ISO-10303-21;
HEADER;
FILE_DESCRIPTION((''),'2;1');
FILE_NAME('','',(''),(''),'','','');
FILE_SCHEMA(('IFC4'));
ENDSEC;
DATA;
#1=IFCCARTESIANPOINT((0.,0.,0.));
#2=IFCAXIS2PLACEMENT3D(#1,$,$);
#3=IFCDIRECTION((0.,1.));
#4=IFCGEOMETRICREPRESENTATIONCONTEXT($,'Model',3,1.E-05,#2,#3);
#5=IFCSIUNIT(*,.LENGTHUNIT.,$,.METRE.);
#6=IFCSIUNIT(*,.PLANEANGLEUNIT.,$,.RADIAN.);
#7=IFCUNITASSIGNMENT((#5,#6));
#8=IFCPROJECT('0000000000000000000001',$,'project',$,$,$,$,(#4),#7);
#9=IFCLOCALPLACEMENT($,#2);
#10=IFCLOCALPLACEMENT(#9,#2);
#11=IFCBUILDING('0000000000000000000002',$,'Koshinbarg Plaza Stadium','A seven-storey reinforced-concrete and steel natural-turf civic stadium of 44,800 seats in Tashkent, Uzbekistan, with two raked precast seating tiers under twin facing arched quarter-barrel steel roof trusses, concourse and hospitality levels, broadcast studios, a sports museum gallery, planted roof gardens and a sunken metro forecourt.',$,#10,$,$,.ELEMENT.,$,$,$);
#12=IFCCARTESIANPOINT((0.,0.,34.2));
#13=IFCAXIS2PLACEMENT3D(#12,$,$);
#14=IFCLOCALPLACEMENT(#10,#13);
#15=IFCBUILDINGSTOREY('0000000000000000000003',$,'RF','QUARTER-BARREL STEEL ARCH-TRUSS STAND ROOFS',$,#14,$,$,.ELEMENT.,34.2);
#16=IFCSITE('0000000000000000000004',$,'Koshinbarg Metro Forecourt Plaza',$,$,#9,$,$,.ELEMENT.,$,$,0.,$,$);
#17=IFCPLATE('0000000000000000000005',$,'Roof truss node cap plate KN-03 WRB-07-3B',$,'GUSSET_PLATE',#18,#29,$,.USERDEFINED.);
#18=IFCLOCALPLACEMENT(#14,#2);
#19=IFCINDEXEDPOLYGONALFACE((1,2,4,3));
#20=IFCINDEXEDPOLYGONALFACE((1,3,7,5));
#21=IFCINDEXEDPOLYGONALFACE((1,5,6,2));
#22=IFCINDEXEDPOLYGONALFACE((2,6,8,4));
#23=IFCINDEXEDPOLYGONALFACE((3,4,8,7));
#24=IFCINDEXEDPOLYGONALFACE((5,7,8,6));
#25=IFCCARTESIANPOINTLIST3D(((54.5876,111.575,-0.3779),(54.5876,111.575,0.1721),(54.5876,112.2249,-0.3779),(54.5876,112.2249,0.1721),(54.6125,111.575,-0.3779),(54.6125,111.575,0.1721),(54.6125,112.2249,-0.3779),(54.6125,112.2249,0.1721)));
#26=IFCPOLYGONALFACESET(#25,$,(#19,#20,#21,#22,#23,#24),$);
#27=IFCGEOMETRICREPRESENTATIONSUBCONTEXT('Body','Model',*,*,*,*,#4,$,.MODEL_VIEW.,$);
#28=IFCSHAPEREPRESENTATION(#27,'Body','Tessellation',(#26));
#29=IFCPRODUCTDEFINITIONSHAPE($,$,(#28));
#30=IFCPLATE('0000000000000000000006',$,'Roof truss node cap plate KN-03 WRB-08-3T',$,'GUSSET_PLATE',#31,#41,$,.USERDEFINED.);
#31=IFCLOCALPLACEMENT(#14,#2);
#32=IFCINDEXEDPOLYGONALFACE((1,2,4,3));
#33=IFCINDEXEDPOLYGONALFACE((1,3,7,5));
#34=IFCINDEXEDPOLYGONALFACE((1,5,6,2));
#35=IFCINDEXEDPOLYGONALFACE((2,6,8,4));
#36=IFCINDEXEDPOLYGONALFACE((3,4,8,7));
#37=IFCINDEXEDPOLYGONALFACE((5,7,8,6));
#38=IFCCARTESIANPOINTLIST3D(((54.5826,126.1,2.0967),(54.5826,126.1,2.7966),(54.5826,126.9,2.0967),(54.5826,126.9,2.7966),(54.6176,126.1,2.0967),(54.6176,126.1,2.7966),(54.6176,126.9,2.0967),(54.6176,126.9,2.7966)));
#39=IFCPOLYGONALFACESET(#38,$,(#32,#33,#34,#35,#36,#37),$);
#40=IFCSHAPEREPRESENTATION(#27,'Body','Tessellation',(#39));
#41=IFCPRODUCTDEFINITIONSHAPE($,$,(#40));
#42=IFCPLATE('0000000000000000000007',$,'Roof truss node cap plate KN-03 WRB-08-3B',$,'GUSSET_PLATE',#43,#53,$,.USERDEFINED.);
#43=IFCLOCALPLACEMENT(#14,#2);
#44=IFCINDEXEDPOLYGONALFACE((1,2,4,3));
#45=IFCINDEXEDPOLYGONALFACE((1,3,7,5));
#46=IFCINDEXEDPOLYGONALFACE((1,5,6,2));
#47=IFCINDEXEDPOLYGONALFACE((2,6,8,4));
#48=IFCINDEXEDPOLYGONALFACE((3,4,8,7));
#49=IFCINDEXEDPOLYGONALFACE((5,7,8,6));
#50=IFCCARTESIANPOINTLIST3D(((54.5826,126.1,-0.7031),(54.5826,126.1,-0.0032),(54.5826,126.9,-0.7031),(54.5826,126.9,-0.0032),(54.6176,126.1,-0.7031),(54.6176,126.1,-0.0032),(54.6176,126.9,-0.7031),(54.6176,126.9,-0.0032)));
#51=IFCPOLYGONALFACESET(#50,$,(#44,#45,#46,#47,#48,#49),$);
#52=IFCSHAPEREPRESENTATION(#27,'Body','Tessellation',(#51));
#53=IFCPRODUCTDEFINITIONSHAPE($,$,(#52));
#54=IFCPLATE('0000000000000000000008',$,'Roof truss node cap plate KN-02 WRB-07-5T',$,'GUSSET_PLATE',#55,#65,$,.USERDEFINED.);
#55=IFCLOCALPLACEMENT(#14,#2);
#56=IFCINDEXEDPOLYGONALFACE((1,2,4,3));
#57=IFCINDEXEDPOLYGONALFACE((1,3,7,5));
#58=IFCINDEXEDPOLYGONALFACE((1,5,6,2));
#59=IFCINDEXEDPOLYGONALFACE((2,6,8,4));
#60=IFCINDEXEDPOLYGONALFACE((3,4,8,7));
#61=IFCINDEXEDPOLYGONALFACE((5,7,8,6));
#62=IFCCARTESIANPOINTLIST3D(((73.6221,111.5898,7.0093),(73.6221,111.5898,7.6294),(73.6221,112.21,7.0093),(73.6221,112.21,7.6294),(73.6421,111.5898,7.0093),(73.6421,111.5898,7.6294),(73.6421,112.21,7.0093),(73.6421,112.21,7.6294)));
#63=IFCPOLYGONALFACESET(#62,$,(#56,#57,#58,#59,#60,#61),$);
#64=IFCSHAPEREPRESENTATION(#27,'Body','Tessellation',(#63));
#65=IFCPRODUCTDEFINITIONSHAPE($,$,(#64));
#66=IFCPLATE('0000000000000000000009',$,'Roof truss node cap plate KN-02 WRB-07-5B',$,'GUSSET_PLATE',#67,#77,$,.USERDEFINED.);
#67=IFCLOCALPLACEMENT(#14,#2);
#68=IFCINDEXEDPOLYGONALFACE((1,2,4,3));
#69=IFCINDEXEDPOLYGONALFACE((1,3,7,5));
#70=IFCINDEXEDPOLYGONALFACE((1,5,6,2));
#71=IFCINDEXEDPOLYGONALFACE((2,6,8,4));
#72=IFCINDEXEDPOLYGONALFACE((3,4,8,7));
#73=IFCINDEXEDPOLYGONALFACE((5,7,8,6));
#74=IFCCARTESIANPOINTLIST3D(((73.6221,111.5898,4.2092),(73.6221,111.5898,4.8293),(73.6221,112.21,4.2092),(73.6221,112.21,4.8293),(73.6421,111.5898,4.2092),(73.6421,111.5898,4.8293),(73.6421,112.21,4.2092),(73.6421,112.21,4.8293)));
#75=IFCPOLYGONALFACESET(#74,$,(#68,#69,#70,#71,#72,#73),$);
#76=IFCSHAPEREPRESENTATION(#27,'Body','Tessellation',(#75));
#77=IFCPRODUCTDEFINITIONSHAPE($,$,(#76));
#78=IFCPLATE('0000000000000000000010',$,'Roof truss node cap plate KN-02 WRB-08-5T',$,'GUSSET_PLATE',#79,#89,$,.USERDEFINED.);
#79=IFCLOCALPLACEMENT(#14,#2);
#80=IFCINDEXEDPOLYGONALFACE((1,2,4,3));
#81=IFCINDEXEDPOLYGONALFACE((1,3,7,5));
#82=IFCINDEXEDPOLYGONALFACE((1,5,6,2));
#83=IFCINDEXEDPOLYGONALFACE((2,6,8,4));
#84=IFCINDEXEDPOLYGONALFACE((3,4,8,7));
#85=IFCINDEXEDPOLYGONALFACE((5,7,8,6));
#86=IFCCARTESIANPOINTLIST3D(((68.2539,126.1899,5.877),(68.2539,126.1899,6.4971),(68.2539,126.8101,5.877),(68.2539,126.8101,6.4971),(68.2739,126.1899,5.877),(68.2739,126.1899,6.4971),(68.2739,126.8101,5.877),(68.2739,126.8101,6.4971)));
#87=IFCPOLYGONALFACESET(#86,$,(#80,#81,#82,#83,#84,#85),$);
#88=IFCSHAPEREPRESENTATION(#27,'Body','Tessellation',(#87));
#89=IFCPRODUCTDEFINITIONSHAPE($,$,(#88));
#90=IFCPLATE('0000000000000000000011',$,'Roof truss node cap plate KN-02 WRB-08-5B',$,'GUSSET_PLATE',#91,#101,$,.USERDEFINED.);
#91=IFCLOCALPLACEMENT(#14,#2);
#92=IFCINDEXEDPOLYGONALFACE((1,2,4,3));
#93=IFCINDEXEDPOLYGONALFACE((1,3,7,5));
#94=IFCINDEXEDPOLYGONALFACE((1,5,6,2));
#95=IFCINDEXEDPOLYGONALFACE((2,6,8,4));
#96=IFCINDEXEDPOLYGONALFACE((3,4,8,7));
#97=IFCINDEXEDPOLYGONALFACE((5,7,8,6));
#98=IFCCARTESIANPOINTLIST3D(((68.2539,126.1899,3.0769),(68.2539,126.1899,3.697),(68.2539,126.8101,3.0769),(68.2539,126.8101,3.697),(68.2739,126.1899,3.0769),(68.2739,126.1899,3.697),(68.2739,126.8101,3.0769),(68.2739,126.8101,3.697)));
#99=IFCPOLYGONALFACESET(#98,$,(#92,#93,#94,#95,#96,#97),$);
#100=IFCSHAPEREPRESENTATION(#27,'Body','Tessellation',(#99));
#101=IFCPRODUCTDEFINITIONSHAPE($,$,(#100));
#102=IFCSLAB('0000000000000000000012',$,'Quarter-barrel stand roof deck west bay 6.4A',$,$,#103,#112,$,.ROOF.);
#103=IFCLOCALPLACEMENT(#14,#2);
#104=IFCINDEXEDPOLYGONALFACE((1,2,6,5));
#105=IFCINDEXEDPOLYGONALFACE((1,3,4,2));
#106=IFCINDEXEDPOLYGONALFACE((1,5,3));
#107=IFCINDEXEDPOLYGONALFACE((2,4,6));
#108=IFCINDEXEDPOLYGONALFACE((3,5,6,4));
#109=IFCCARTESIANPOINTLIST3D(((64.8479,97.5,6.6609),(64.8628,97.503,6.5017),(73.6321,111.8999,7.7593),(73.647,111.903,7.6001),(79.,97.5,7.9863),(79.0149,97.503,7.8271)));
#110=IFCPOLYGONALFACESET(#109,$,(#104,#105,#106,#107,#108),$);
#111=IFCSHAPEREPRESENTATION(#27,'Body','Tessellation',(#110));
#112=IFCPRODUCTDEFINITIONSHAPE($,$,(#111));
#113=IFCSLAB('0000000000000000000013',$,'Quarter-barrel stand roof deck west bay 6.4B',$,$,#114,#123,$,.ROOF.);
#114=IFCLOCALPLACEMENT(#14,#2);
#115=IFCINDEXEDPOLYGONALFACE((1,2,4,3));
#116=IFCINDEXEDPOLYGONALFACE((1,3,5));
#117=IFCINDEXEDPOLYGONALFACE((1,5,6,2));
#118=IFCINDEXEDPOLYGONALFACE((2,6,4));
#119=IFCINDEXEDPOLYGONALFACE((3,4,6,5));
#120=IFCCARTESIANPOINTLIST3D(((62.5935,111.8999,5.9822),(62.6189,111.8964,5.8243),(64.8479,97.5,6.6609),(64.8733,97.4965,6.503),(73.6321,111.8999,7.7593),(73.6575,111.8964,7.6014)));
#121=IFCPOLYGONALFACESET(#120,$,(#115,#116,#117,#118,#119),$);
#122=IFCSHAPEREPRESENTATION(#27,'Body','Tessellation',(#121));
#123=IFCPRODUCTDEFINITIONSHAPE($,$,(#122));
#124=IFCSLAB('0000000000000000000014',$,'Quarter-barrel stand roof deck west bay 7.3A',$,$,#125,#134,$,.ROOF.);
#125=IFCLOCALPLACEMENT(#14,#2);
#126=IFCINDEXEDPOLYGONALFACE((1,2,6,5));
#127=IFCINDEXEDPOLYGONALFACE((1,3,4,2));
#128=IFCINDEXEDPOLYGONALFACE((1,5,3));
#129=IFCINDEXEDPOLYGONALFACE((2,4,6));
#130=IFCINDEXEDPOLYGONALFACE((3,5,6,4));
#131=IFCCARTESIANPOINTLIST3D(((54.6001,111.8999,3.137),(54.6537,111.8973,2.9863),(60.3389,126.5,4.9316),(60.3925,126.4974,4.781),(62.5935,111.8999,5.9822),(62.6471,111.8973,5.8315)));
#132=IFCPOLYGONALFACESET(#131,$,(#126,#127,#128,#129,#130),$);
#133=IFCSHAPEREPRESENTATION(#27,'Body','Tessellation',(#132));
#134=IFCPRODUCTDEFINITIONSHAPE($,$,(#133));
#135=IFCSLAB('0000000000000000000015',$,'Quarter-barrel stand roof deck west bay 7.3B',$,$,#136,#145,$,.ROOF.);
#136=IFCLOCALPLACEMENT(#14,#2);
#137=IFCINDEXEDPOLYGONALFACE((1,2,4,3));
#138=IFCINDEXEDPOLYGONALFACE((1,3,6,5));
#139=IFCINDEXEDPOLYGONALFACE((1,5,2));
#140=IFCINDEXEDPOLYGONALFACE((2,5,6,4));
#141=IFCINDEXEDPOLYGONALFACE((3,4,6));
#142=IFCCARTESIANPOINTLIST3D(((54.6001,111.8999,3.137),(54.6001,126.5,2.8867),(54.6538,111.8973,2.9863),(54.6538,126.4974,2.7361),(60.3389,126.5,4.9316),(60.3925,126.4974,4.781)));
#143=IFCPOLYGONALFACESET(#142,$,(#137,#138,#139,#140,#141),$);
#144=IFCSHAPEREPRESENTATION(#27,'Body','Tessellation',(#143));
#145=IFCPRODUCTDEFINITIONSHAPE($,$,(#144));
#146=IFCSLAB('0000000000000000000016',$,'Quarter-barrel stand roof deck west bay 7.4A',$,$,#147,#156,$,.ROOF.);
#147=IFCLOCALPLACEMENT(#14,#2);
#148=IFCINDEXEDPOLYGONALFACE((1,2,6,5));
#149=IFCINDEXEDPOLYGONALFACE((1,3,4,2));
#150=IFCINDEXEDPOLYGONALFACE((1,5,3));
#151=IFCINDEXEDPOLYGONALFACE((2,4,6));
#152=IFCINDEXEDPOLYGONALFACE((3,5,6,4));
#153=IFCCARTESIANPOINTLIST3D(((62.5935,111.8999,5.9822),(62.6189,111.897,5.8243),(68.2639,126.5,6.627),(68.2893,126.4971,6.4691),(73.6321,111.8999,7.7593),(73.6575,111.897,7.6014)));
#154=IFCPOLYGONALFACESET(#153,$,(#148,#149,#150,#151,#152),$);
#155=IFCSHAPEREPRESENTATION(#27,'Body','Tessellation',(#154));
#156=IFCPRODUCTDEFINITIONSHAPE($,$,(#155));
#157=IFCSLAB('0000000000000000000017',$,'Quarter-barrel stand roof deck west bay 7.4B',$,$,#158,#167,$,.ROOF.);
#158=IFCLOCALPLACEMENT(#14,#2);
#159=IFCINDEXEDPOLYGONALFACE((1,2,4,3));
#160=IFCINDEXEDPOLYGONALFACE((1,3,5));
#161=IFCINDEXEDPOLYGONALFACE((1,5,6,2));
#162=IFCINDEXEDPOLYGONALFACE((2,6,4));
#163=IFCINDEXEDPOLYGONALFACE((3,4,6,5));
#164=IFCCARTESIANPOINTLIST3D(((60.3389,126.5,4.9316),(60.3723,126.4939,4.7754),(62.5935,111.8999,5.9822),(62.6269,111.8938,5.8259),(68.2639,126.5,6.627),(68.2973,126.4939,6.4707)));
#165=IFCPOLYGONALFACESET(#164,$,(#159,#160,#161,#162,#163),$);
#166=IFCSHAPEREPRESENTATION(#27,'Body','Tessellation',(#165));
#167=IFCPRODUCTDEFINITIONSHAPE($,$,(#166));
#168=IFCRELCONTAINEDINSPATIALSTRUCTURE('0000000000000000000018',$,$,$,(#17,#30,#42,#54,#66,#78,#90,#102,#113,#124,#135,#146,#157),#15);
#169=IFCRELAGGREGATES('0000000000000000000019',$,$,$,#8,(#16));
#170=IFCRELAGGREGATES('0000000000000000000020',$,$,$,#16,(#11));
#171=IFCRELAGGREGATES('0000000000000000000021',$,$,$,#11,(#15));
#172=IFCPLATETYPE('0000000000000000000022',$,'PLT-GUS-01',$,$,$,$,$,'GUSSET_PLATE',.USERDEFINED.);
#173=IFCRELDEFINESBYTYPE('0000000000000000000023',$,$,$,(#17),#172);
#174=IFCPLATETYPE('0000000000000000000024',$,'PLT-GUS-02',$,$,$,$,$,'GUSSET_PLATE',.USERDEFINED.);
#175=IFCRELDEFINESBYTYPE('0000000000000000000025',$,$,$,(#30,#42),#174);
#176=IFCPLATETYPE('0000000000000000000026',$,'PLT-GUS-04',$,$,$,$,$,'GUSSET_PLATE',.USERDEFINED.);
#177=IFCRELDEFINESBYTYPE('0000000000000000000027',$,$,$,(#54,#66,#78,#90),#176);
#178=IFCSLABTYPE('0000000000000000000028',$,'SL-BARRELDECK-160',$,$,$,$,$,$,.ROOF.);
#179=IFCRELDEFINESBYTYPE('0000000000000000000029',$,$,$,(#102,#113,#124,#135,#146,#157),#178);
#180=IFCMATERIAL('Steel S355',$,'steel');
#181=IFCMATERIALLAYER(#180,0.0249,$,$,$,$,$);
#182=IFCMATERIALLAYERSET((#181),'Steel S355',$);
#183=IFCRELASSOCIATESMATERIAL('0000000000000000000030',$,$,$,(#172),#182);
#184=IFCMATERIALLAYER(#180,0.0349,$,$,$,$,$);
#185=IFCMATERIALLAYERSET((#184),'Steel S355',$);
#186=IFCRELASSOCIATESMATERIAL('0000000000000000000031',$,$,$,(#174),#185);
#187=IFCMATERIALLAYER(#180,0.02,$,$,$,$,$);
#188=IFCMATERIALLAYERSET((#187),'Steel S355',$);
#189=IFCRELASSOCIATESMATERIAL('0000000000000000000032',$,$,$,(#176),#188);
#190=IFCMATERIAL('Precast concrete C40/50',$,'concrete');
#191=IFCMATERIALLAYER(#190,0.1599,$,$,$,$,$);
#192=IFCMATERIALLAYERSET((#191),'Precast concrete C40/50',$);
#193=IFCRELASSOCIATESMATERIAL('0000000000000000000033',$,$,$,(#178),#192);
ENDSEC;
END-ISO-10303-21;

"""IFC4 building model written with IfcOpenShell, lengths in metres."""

from ifc_helpers import new_model, si_unit, direction, frame, origin, origin_2d, place, context, subcontext, project, spatial, polyline, rectangle, outline, extrude, material, layer, layer_set, type_object, element, save


model = new_model("IFC4")

# Units and contexts
model_context = context("Model", 3, precision=1e-05, world=origin(), true_north=direction((0.0, 1.0)))
body_context = subcontext(model_context, "Body", "Model", "MODEL_VIEW")
ifc_project = project(units=[si_unit("LENGTHUNIT", "METRE"), si_unit("PLANEANGLEUNIT", "RADIAN")], contexts=[model_context])

# Site, building, storey
site_placement = place(None, origin())
site = spatial("IfcSite", under=ifc_project, at=site_placement, Name="Koshinbarg Metro Forecourt Plaza", CompositionType="ELEMENT", RefElevation=0.0)
building_placement = place(site_placement, origin())
building = spatial("IfcBuilding", under=site, at=building_placement, Name="Koshinbarg Plaza Stadium", Description="A seven-storey reinforced-concrete and steel natural-turf civic stadium of 44,800 seats in Tashkent, Uzbekistan, with two raked precast seating tiers under twin facing arched quarter-barrel steel roof trusses, concourse and hospitality levels, broadcast studios, a sports museum gallery, planted roof gardens and a sunken metro forecourt.", CompositionType="ELEMENT")
storey_placement = place(building_placement, frame((0.0, 0.0, 34.2)))
storey = spatial("IfcBuildingStorey", under=building, at=storey_placement, Name="RF", Description="QUARTER-BARREL STEEL ARCH-TRUSS STAND ROOFS", CompositionType="ELEMENT", Elevation=34.2)

# Shared definitions
ifc_material_1 = material(Name="Steel S355", Category="steel")

# Plates
ifc_layer_1 = layer(ifc_material_1, 0.0249)
ifc_layer_set_1 = layer_set([ifc_layer_1], Name="Steel S355")
plate_type_1 = type_object("IfcPlateType", Name="PLT-GUS-01", ElementType="GUSSET_PLATE", PredefinedType="USERDEFINED", material=ifc_layer_set_1)
for number, where, z_axis, x_axis, name in (
    (1, (54.6001, 111.8999, -0.3779), (0.0, 0.0, 1.0), (1.0, 0.0, 0.0), "Roof truss node cap plate KN-03 WRB-07-3B"),
):
    element("IfcPlate", number, at=place(storey_placement, frame(where, z_axis=z_axis, x_axis=x_axis)), inside=storey, type_object=plate_type_1, Name=name, ObjectType="GUSSET_PLATE", PredefinedType="USERDEFINED", context=body_context, shape_type="SweptSolid", body=[
        extrude(rectangle(XDim=0.0249, YDim=0.6499, at=origin_2d()), origin(), (0.0, 0.0, 1.0), 0.55),
    ])
ifc_layer_2 = layer(ifc_material_1, 0.0349)
ifc_layer_set_2 = layer_set([ifc_layer_2], Name="Steel S355")
plate_type_2 = type_object("IfcPlateType", Name="PLT-GUS-02", ElementType="GUSSET_PLATE", PredefinedType="USERDEFINED", material=ifc_layer_set_2)
for number, where, z_axis, x_axis, name in (
    (2, (54.6001, 126.5, 2.0967), (0.0, 0.0, 1.0), (1.0, 0.0, 0.0), "Roof truss node cap plate KN-03 WRB-08-3T"),
    (3, (54.6001, 126.5, -0.7031), (0.0, 0.0, 1.0), (1.0, 0.0, 0.0), "Roof truss node cap plate KN-03 WRB-08-3B"),
):
    element("IfcPlate", number, at=place(storey_placement, frame(where, z_axis=z_axis, x_axis=x_axis)), inside=storey, type_object=plate_type_2, Name=name, ObjectType="GUSSET_PLATE", PredefinedType="USERDEFINED", context=body_context, shape_type="SweptSolid", body=[
        extrude(rectangle(XDim=0.0349, YDim=0.8, at=origin_2d()), origin(), (0.0, 0.0, 1.0), 0.7),
    ])
ifc_layer_3 = layer(ifc_material_1, 0.02)
ifc_layer_set_3 = layer_set([ifc_layer_3], Name="Steel S355")
plate_type_3 = type_object("IfcPlateType", Name="PLT-GUS-04", ElementType="GUSSET_PLATE", PredefinedType="USERDEFINED", material=ifc_layer_set_3)
for number, where, z_axis, x_axis, name in (
    (4, (73.6321, 111.8999, 7.0093), (0.0, 0.0, 1.0), (1.0, 0.0, 0.0), "Roof truss node cap plate KN-02 WRB-07-5T"),
    (5, (73.6321, 111.8999, 4.2092), (0.0, 0.0, 1.0), (1.0, 0.0, 0.0), "Roof truss node cap plate KN-02 WRB-07-5B"),
    (6, (68.2639, 126.5, 5.877), (0.0, 0.0, 1.0), (1.0, 0.0, 0.0), "Roof truss node cap plate KN-02 WRB-08-5T"),
    (7, (68.2639, 126.5, 3.0769), (0.0, 0.0, 1.0), (1.0, 0.0, 0.0), "Roof truss node cap plate KN-02 WRB-08-5B"),
):
    element("IfcPlate", number, at=place(storey_placement, frame(where, z_axis=z_axis, x_axis=x_axis)), inside=storey, type_object=plate_type_3, Name=name, ObjectType="GUSSET_PLATE", PredefinedType="USERDEFINED", context=body_context, shape_type="SweptSolid", body=[
        extrude(rectangle(XDim=0.02, YDim=0.6201, at=origin_2d()), origin(), (0.0, 0.0, 1.0), 0.6201),
    ])

# Slabs
ifc_material_2 = material(Name="Precast concrete C40/50", Category="concrete")
ifc_layer_4 = layer(ifc_material_2, 0.1599)
ifc_layer_set_4 = layer_set([ifc_layer_4], Name="Precast concrete C40/50")
slab_type = type_object("IfcSlabType", Name="SL-BARRELDECK-160", PredefinedType="ROOF", material=ifc_layer_set_4)
slab_1_placement = place(storey_placement, frame((64.8479, 97.5, 6.6609), z_axis=(-0.093232, -0.019058, 0.995462), x_axis=(0.995643, 0.0, 0.093249)))
element("IfcSlab", 8, at=slab_1_placement, inside=storey, type_object=slab_type, Name="Quarter-barrel stand roof deck west bay 6.4A", PredefinedType="ROOF", context=body_context, shape_type="SweptSolid", body=[
    extrude(outline(polyline([(0.0, 0.0), (14.214, 0.0), (8.8483, 14.4025), (0.0, 0.0)])), origin(), (0.0, 0.0, -1.0), 0.1599),
])
slab_2_placement = place(storey_placement, frame((64.8479, 97.5, 6.6609), z_axis=(-0.158906, 0.021645, 0.987056), x_axis=(0.519669, 0.851893, 0.06498)))
element("IfcSlab", 9, at=slab_2_placement, inside=storey, type_object=slab_type, Name="Quarter-barrel stand roof deck west bay 6.4B", PredefinedType="ROOF", context=body_context, shape_type="SweptSolid", body=[
    extrude(outline(polyline([(0.0, 0.0), (16.9034, 0.0), (11.0515, 9.527), (0.0, 0.0)])), origin(), (0.0, 0.0, -1.0), 0.1599),
])
slab_3_placement = place(storey_placement, frame((54.6001, 111.8999, 3.137), z_axis=(-0.335293, 0.016001, 0.941978), x_axis=(0.942099, 0.0, 0.335335)))
element("IfcSlab", 10, at=slab_3_placement, inside=storey, type_object=slab_type, Name="Quarter-barrel stand roof deck west bay 7.3A", PredefinedType="ROOF", context=body_context, shape_type="SweptSolid", body=[
    extrude(outline(polyline([(0.0, 0.0), (8.4847, 0.0), (6.0083, 14.602), (0.0, 0.0)])), origin(), (0.0, 0.0, -1.0), 0.1599),
])
slab_4_placement = place(storey_placement, frame((54.6001, 111.8999, 3.137), z_axis=(-0.335617, 0.016143, 0.94186), x_axis=(0.363448, 0.924655, 0.113661)))
element("IfcSlab", 11, at=slab_4_placement, inside=storey, type_object=slab_type, Name="Quarter-barrel stand roof deck west bay 7.3B", PredefinedType="ROOF", context=body_context, shape_type="SweptSolid", body=[
    extrude(outline(polyline([(0.0, 0.0), (15.7898, 0.0), (13.4716, 5.6339), (0.0, 0.0)])), origin(), (0.0, 0.0, -1.0), 0.1599),
])
slab_5_placement = place(storey_placement, frame((62.5935, 111.8999, 5.9822), z_axis=(-0.158917, 0.018127, 0.987125), x_axis=(0.987288, 0.0, 0.158943)))
element("IfcSlab", 12, at=slab_5_placement, inside=storey, type_object=slab_type, Name="Quarter-barrel stand roof deck west bay 7.4A", PredefinedType="ROOF", context=body_context, shape_type="SweptSolid", body=[
    extrude(outline(polyline([(0.0, 0.0), (11.1807, 0.0), (5.7008, 14.6025), (0.0, 0.0)])), origin(), (0.0, 0.0, -1.0), 0.1599),
])
slab_6_placement = place(storey_placement, frame((62.5935, 111.8999, 5.9822), z_axis=(-0.209034, 0.038031, 0.977169), x_axis=(0.361729, 0.931375, 0.041132)))
element("IfcSlab", 13, at=slab_6_placement, inside=storey, type_object=slab_type, Name="Quarter-barrel stand roof deck west bay 7.4B", PredefinedType="ROOF", context=body_context, shape_type="SweptSolid", body=[
    extrude(outline(polyline([(0.0, 0.0), (15.6758, 0.0), (12.7394, 7.5537), (0.0, 0.0)])), origin(), (0.0, 0.0, -1.0), 0.1599),
])

save(model, "model.ifc")
